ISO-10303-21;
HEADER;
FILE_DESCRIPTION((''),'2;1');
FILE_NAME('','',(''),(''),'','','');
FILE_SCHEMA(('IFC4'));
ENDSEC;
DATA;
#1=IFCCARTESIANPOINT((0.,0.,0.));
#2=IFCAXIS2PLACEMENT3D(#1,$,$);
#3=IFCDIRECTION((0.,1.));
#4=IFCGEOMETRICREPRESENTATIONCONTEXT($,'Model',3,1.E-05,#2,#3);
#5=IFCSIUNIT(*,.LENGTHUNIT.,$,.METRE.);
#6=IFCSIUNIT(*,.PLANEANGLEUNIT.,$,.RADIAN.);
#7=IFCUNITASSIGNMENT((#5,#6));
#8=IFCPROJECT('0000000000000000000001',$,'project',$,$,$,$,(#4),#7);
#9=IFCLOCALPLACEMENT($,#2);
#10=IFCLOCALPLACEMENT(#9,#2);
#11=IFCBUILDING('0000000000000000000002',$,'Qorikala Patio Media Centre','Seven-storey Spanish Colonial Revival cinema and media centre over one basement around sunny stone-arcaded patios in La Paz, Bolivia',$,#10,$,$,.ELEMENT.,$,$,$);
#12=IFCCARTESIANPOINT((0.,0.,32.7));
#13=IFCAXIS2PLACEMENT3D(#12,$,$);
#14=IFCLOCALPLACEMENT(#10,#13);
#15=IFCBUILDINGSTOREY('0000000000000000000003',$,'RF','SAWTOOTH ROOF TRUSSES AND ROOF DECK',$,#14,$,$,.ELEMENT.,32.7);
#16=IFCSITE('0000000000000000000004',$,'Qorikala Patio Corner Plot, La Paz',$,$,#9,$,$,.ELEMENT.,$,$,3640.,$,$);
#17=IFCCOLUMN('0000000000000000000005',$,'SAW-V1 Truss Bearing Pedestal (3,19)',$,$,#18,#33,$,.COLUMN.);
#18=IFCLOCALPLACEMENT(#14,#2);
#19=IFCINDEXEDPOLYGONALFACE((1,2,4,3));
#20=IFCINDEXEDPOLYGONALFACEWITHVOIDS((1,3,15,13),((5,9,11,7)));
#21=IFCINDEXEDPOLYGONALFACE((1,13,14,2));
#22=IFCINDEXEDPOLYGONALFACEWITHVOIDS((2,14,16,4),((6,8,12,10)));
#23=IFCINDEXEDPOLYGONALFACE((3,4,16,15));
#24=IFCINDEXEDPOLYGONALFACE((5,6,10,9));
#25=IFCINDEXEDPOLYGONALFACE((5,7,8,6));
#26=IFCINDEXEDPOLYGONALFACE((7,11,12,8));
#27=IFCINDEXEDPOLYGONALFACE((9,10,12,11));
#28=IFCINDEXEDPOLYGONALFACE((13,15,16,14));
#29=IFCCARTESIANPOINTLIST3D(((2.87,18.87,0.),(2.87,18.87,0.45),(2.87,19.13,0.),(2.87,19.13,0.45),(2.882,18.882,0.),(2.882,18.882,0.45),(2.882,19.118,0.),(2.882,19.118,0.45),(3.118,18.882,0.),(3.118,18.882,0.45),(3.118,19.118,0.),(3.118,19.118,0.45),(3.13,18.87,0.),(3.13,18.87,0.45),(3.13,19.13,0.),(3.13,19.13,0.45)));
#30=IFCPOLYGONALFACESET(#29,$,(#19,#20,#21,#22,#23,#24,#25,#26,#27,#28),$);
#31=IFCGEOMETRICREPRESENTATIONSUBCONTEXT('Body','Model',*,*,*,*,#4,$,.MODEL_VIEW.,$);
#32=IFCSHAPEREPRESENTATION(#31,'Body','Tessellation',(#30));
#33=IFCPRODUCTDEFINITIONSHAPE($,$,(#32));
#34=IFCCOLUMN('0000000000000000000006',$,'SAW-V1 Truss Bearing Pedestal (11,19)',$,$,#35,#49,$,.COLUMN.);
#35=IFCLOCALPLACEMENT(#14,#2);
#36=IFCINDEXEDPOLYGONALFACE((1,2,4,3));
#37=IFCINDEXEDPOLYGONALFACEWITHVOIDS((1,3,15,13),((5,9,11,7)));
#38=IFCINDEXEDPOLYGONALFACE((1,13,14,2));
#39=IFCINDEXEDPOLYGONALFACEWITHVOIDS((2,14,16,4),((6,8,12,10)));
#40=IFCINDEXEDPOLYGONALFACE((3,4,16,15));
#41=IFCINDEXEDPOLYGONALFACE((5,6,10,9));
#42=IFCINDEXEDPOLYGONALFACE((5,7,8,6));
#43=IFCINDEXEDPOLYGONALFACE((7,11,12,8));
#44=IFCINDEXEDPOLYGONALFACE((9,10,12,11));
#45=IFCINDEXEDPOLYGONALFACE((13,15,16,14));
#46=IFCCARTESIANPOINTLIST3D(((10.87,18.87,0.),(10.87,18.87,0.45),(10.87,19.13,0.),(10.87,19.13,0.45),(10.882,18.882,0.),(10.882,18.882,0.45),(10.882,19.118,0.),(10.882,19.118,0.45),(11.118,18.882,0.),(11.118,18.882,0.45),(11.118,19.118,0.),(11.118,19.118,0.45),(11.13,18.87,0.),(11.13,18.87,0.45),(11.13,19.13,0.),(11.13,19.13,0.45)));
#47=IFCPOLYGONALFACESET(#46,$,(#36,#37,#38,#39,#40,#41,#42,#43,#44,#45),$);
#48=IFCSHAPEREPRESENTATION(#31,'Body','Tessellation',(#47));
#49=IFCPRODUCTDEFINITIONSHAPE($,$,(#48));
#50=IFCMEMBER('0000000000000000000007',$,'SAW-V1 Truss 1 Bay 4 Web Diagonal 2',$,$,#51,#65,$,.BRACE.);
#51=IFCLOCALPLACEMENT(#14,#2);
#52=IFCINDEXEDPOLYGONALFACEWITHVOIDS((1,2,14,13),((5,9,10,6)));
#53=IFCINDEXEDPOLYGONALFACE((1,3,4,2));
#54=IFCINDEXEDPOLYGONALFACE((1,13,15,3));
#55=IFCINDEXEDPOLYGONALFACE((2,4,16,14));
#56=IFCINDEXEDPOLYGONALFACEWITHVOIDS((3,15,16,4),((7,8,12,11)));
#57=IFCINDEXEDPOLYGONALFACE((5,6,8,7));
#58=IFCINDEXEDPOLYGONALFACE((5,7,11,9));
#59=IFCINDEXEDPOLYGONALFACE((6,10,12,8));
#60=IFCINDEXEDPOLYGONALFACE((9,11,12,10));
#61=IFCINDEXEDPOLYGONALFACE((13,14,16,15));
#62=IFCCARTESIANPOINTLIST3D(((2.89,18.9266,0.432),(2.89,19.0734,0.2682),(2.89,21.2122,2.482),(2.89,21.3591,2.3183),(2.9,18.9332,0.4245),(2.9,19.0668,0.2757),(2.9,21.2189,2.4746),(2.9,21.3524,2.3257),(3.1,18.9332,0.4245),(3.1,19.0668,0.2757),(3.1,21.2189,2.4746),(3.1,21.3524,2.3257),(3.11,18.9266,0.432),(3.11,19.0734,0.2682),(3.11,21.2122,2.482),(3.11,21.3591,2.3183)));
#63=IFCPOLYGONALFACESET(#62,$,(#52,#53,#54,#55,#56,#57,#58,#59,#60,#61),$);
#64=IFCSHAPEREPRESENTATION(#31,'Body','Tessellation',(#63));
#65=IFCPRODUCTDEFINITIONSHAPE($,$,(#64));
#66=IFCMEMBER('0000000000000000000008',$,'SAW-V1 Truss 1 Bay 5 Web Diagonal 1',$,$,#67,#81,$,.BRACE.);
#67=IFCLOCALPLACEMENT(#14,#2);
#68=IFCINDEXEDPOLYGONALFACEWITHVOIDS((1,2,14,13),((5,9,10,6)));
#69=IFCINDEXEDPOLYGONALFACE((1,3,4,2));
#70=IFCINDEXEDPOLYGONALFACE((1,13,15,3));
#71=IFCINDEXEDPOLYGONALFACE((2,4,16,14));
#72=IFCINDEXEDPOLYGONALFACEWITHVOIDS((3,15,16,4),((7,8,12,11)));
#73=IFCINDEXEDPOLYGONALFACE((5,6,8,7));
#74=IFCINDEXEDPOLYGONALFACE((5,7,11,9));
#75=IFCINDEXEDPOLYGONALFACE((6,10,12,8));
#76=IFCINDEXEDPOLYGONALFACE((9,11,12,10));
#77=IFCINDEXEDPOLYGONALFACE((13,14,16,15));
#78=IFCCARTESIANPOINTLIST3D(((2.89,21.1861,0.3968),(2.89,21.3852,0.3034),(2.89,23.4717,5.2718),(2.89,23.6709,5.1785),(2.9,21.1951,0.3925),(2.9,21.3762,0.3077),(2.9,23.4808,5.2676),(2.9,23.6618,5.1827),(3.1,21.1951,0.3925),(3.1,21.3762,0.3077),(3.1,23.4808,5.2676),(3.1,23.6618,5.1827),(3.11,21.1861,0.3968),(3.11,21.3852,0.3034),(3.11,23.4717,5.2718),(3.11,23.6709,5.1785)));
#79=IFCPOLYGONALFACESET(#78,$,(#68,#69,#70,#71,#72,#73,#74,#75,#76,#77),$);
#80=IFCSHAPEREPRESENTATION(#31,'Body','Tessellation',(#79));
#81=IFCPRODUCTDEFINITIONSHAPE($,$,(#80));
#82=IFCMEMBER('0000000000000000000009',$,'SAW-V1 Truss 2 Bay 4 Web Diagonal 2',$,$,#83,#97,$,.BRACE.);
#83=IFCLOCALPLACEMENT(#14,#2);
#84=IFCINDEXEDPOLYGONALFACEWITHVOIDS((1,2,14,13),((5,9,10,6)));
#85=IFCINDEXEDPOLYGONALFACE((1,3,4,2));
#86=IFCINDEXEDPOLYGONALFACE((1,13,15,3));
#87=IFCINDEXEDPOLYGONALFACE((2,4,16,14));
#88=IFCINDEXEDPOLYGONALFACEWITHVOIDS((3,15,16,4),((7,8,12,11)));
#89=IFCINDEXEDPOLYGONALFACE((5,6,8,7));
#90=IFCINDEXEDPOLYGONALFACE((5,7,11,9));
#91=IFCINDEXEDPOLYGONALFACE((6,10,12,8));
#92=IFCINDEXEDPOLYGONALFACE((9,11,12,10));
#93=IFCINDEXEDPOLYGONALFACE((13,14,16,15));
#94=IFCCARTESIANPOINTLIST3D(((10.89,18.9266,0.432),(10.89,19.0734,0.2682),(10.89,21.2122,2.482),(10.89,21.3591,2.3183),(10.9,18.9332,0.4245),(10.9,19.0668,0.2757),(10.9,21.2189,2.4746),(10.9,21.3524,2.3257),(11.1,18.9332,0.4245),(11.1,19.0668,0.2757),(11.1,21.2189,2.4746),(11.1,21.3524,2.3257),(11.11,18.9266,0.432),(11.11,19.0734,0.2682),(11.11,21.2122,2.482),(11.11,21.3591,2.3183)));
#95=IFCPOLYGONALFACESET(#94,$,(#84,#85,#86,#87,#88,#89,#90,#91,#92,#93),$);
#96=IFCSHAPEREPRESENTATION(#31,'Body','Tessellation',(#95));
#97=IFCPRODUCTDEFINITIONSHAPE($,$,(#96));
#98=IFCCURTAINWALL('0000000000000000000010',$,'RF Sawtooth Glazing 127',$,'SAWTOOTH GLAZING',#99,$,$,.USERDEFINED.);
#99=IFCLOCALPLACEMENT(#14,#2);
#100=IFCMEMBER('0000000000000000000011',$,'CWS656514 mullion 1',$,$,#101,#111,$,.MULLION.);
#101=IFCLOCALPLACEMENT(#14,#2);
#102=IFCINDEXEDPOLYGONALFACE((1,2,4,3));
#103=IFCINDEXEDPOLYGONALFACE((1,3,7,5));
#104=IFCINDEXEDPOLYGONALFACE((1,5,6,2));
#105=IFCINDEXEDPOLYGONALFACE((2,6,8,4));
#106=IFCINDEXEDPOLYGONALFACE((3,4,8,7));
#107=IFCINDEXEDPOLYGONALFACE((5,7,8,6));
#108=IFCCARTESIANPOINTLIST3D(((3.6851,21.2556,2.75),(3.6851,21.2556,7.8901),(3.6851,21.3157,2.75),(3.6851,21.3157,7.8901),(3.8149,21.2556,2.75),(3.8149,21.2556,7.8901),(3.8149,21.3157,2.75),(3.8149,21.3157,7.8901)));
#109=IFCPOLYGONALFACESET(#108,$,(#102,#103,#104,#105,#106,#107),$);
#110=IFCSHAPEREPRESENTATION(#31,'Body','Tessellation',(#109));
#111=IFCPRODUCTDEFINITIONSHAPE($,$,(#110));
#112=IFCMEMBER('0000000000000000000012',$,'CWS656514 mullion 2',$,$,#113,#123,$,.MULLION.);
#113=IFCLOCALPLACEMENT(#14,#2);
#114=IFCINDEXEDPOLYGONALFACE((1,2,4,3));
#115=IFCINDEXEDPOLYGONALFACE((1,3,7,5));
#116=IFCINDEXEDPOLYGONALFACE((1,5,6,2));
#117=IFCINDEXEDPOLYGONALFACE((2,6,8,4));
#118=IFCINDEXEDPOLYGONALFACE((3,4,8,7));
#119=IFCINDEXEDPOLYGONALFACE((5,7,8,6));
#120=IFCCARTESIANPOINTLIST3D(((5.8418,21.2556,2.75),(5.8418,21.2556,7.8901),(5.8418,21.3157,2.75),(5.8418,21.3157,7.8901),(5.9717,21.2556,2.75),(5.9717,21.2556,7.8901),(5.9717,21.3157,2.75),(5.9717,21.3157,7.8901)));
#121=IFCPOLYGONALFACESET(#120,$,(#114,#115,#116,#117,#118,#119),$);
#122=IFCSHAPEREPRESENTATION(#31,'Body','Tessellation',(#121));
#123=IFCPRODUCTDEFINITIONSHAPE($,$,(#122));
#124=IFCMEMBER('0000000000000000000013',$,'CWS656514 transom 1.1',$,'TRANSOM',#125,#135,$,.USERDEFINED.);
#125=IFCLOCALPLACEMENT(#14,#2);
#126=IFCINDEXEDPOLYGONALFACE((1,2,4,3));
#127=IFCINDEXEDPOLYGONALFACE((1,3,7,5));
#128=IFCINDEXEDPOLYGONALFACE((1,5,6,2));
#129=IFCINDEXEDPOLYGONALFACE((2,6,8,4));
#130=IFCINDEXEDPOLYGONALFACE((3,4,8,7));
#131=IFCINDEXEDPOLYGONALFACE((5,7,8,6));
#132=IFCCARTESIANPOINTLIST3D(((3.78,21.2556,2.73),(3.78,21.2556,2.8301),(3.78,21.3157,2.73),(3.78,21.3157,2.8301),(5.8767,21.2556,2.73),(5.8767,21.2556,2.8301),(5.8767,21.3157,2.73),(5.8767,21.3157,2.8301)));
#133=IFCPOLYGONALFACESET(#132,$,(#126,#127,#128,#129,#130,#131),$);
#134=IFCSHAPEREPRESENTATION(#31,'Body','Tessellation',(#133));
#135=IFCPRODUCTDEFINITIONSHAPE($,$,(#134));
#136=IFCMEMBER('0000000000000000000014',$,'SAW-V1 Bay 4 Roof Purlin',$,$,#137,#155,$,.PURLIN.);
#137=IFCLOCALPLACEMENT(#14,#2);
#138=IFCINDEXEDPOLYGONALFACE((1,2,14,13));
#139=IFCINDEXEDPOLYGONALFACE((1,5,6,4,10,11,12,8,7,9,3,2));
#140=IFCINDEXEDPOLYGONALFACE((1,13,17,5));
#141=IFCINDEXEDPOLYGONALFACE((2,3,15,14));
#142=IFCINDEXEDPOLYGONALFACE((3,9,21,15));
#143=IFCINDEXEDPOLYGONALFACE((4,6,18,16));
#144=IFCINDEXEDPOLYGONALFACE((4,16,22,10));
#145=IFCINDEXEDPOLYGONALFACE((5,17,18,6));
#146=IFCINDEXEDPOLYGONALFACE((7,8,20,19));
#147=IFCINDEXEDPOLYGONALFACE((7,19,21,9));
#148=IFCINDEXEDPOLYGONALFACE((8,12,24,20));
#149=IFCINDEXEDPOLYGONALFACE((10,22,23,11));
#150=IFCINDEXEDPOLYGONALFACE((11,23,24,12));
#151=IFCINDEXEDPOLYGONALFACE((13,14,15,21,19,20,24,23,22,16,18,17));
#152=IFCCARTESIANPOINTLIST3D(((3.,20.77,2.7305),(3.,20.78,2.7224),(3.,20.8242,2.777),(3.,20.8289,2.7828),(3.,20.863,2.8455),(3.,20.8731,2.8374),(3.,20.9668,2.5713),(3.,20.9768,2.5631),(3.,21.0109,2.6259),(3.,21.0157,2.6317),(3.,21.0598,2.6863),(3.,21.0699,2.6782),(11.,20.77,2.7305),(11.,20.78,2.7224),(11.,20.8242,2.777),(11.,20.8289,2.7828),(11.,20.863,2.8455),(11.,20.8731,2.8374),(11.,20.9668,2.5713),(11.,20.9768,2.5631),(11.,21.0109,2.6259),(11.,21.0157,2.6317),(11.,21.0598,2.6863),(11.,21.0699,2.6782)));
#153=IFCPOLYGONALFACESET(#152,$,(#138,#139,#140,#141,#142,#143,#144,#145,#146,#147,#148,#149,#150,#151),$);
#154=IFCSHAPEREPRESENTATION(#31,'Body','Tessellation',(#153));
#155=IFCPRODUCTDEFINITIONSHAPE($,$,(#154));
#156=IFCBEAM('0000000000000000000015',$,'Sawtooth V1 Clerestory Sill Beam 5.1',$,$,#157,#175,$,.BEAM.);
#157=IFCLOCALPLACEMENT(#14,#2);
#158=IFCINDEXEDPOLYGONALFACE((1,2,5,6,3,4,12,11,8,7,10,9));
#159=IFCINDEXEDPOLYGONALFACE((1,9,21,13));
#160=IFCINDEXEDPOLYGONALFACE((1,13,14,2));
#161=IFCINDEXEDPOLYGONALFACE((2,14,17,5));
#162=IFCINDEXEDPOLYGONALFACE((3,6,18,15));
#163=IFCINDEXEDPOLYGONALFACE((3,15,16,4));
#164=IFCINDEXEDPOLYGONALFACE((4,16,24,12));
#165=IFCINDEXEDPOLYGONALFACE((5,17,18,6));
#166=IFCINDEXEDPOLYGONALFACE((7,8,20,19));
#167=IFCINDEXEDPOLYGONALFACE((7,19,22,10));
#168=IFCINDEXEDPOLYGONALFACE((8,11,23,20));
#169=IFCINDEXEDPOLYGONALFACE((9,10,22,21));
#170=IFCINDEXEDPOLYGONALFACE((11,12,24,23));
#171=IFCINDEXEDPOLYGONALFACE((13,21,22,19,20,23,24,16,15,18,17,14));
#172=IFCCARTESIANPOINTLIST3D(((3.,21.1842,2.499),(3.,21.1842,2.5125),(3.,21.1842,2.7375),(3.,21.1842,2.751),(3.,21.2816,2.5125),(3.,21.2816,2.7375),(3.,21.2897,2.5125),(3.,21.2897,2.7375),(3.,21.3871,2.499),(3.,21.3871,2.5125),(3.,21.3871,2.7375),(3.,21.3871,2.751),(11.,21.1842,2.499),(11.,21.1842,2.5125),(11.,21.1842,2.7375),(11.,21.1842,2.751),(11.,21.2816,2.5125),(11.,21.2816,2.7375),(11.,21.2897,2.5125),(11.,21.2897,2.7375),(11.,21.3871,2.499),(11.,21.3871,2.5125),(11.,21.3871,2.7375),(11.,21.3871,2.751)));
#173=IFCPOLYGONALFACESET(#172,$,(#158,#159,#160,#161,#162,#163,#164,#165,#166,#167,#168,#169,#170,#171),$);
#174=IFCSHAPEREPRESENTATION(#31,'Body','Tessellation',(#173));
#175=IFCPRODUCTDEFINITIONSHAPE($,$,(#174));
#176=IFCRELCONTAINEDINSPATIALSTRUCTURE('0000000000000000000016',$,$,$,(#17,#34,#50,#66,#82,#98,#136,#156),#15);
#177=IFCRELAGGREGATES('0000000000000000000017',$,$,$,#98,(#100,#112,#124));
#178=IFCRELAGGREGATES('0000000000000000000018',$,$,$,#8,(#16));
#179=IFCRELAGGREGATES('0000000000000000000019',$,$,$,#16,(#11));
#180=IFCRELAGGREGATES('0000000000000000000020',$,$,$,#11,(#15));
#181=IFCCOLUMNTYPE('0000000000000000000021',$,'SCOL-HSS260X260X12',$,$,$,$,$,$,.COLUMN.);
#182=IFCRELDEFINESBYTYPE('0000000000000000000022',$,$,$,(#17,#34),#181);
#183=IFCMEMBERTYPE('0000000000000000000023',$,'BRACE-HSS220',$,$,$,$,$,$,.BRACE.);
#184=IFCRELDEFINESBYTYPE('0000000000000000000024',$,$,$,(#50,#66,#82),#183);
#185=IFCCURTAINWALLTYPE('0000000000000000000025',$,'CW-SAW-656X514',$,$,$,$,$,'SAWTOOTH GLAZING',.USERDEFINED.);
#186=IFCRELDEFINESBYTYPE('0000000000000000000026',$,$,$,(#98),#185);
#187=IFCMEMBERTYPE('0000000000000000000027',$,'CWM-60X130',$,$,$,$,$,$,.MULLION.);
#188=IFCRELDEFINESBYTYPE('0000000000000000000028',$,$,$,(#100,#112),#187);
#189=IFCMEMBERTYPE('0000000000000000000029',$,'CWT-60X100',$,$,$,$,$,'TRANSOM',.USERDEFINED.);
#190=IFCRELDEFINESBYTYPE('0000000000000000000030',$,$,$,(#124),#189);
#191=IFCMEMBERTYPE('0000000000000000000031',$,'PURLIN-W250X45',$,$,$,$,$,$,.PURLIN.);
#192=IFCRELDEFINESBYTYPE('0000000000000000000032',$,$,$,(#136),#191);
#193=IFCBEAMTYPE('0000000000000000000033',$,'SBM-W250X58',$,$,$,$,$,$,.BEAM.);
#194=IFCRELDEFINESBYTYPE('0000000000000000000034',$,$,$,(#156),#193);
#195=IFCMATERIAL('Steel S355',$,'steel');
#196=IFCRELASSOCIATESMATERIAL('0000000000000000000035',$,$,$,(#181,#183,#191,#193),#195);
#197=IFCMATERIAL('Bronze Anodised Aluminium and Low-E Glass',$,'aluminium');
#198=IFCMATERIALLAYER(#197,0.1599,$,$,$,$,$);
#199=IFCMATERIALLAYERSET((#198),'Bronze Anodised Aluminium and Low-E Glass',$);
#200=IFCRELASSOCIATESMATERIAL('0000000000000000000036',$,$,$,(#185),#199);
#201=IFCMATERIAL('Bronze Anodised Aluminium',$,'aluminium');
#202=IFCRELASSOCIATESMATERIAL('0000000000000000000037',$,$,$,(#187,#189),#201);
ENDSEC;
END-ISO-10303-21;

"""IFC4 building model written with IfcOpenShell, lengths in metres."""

from ifc_helpers import new_model, si_unit, direction, frame, origin, origin_2d, place, context, subcontext, project, spatial, rectangle, hollow_rectangle, i_section, extrude, material, layer, layer_set, material_profile, profile_set, type_object, element, aggregate, save


model = new_model("IFC4")

# Units and contexts
model_context = context("Model", 3, precision=1e-05, world=origin(), true_north=direction((0.0, 1.0)))
body_context = subcontext(model_context, "Body", "Model", "MODEL_VIEW")
ifc_project = project(units=[si_unit("LENGTHUNIT", "METRE"), si_unit("PLANEANGLEUNIT", "RADIAN")], contexts=[model_context])

# Site, building, storey
site_placement = place(None, origin())
site = spatial("IfcSite", under=ifc_project, at=site_placement, Name="Qorikala Patio Corner Plot, La Paz", CompositionType="ELEMENT", RefElevation=3640.0)
building_placement = place(site_placement, origin())
building = spatial("IfcBuilding", under=site, at=building_placement, Name="Qorikala Patio Media Centre", Description="Seven-storey Spanish Colonial Revival cinema and media centre over one basement around sunny stone-arcaded patios in La Paz, Bolivia", CompositionType="ELEMENT")
storey_placement = place(building_placement, frame((0.0, 0.0, 32.7)))
storey = spatial("IfcBuildingStorey", under=building, at=storey_placement, Name="RF", Description="SAWTOOTH ROOF TRUSSES AND ROOF DECK", CompositionType="ELEMENT", Elevation=32.7)

# Columns
ifc_material_1 = material(Name="Steel S355", Category="steel")
ifc_material_profile_1 = material_profile(ifc_material_1, hollow_rectangle(XDim=0.26, YDim=0.26, WallThickness=0.012, at=origin_2d()), Name="HSS260X260X12")
ifc_profile_set_1 = profile_set([ifc_material_profile_1], Name="Steel S355")
column_type = type_object("IfcColumnType", Name="SCOL-HSS260X260X12", PredefinedType="COLUMN", material=ifc_profile_set_1)
for number, where, z_axis, x_axis, name in (
    (1, (3.0, 19.0, 0.0), (0.0, 0.0, 1.0), (1.0, 0.0, 0.0), "SAW-V1 Truss Bearing Pedestal (3,19)"),
    (2, (11.0, 19.0, 0.0), (0.0, 0.0, 1.0), (1.0, 0.0, 0.0), "SAW-V1 Truss Bearing Pedestal (11,19)"),
):
    element("IfcColumn", number, at=place(storey_placement, frame(where, z_axis=z_axis, x_axis=x_axis)), inside=storey, type_object=column_type, Name=name, PredefinedType="COLUMN", context=body_context, shape_type="SweptSolid", body=[
        extrude(hollow_rectangle(XDim=0.26, YDim=0.26, WallThickness=0.012, at=origin_2d()), origin(), (0.0, 0.0, 1.0), 0.45),
    ])

# Members
ifc_material_profile_2 = material_profile(ifc_material_1, hollow_rectangle(XDim=0.22, YDim=0.22, WallThickness=0.01, at=origin_2d()), Name="HSS220X220X10")
ifc_profile_set_2 = profile_set([ifc_material_profile_2], Name="Steel S355")
member_type_1 = type_object("IfcMemberType", Name="BRACE-HSS220", PredefinedType="BRACE", material=ifc_profile_set_2)
member_1_placement = place(storey_placement, frame((3.0, 19.0, 0.3501), z_axis=(0.0, 0.744432, 0.667699), x_axis=(-1.0, 0.0, 0.0)))
element("IfcMember", 3, at=member_1_placement, inside=storey, type_object=member_type_1, Name="SAW-V1 Truss 1 Bay 4 Web Diagonal 2", PredefinedType="BRACE", context=body_context, shape_type="SweptSolid", body=[
    extrude(hollow_rectangle(XDim=0.22, YDim=0.22, WallThickness=0.01, at=origin_2d()), origin(), (0.0, 0.0, 1.0), 3.0703),
])
member_2_placement = place(storey_placement, frame((3.0, 21.2856, 0.3501), z_axis=(0.0, 0.424508, 0.905424), x_axis=(-1.0, 0.0, 0.0)))
element("IfcMember", 4, at=member_2_placement, inside=storey, type_object=member_type_1, Name="SAW-V1 Truss 1 Bay 5 Web Diagonal 1", PredefinedType="BRACE", context=body_context, shape_type="SweptSolid", body=[
    extrude(hollow_rectangle(XDim=0.22, YDim=0.22, WallThickness=0.01, at=origin_2d()), origin(), (0.0, 0.0, 1.0), 5.3843),
])
member_3_placement = place(storey_placement, frame((11.0, 19.0, 0.3501), z_axis=(0.0, 0.744432, 0.667699), x_axis=(-1.0, 0.0, 0.0)))
element("IfcMember", 5, at=member_3_placement, inside=storey, type_object=member_type_1, Name="SAW-V1 Truss 2 Bay 4 Web Diagonal 2", PredefinedType="BRACE", context=body_context, shape_type="SweptSolid", body=[
    extrude(hollow_rectangle(XDim=0.22, YDim=0.22, WallThickness=0.01, at=origin_2d()), origin(), (0.0, 0.0, 1.0), 3.0703),
])

# Curtain wall, members
ifc_material_2 = material(Name="Bronze Anodised Aluminium and Low-E Glass", Category="aluminium")
ifc_layer_1 = layer(ifc_material_2, 0.1599)
ifc_layer_set_1 = layer_set([ifc_layer_1], Name="Bronze Anodised Aluminium and Low-E Glass")
curtain_wall_type = type_object("IfcCurtainWallType", Name="CW-SAW-656X514", ElementType="SAWTOOTH GLAZING", PredefinedType="USERDEFINED", material=ifc_layer_set_1)
curtain_wall_placement = place(storey_placement, origin())
curtain_wall = element("IfcCurtainWall", 6, at=curtain_wall_placement, inside=storey, type_object=curtain_wall_type, Name="RF Sawtooth Glazing 127", ObjectType="SAWTOOTH GLAZING", PredefinedType="USERDEFINED")
ifc_material_3 = material(Name="Bronze Anodised Aluminium", Category="aluminium")
ifc_material_profile_3 = material_profile(ifc_material_3, rectangle(XDim=0.0601, YDim=0.1299, at=origin_2d()), Name="ALU MULLION 60x130")
ifc_profile_set_3 = profile_set([ifc_material_profile_3], Name="Bronze Anodised Aluminium")
member_type_2 = type_object("IfcMemberType", Name="CWM-60X130", PredefinedType="MULLION", material=ifc_profile_set_3)
member_4_placement = place(storey_placement, frame((3.75, 21.2856, 2.75), z_axis=(0.0, 0.0, 1.0), x_axis=(0.0, 1.0, 0.0)))
member_4 = element("IfcMember", 7, at=member_4_placement, type_object=member_type_2, Name="CWS656514 mullion 1", PredefinedType="MULLION", context=body_context, shape_type="SweptSolid", body=[
    extrude(rectangle(XDim=0.0601, YDim=0.1299, at=origin_2d()), origin(), (0.0, 0.0, 1.0), 5.1401),
])
member_5_placement = place(storey_placement, frame((5.9067, 21.2856, 2.75), z_axis=(0.0, 0.0, 1.0), x_axis=(0.0, 1.0, 0.0)))
member_5 = element("IfcMember", 8, at=member_5_placement, type_object=member_type_2, Name="CWS656514 mullion 2", PredefinedType="MULLION", context=body_context, shape_type="SweptSolid", body=[
    extrude(rectangle(XDim=0.0601, YDim=0.1299, at=origin_2d()), origin(), (0.0, 0.0, 1.0), 5.1401),
])
ifc_material_profile_4 = material_profile(ifc_material_3, rectangle(XDim=0.0601, YDim=0.1001, at=origin_2d()), Name="ALU TRANSOM 60x100")
ifc_profile_set_4 = profile_set([ifc_material_profile_4], Name="Bronze Anodised Aluminium")
member_type_3 = type_object("IfcMemberType", Name="CWT-60X100", ElementType="TRANSOM", PredefinedType="USERDEFINED", material=ifc_profile_set_4)
member_6_placement = place(storey_placement, frame((3.78, 21.2856, 2.78), z_axis=(1.0, 0.0, 0.0), x_axis=(0.0, 1.0, 0.0)))
member_6 = element("IfcMember", 9, at=member_6_placement, type_object=member_type_3, Name="CWS656514 transom 1.1", ObjectType="TRANSOM", PredefinedType="USERDEFINED", context=body_context, shape_type="SweptSolid", body=[
    extrude(rectangle(XDim=0.0601, YDim=0.1001, at=origin_2d()), origin(), (0.0, 0.0, 1.0), 2.0967),
])
aggregate(curtain_wall, [member_4, member_5, member_6])

# Member
ifc_material_profile_5 = material_profile(ifc_material_1, i_section(OverallWidth=0.1479, OverallDepth=0.2661, WebThickness=0.0076, FlangeThickness=0.0129, at=origin_2d()), Name="W250X45")
ifc_profile_set_5 = profile_set([ifc_material_profile_5], Name="Steel S355")
member_type_4 = type_object("IfcMemberType", Name="PURLIN-W250X45", PredefinedType="PURLIN", material=ifc_profile_set_5)
member_7_placement = place(storey_placement, frame((3.0, 20.9199, 2.7043), z_axis=(1.0, 0.0, 0.0), x_axis=(0.0, 0.628995, 0.77741)))
element("IfcMember", 10, at=member_7_placement, inside=storey, type_object=member_type_4, Name="SAW-V1 Bay 4 Roof Purlin", PredefinedType="PURLIN", context=body_context, shape_type="SweptSolid", body=[
    extrude(i_section(OverallWidth=0.1479, OverallDepth=0.2661, WebThickness=0.0076, FlangeThickness=0.0129, at=origin_2d()), origin(), (0.0, 0.0, 1.0), 8.0),
])

# Beam
ifc_material_profile_6 = material_profile(ifc_material_1, i_section(OverallWidth=0.2029, OverallDepth=0.252, WebThickness=0.0081, FlangeThickness=0.0134, at=origin_2d()), Name="W250X58")
ifc_profile_set_6 = profile_set([ifc_material_profile_6], Name="Steel S355")
beam_type_1 = type_object("IfcBeamType", Name="SBM-W250X58", PredefinedType="BEAM", material=ifc_profile_set_6)
beam_placement = place(storey_placement, frame((3.0, 21.2856, 2.625), z_axis=(1.0, 0.0, 0.0), x_axis=(0.0, 1.0, 0.0)))
element("IfcBeam", 11, at=beam_placement, inside=storey, type_object=beam_type_1, Name="Sawtooth V1 Clerestory Sill Beam 5.1", PredefinedType="BEAM", context=body_context, shape_type="SweptSolid", body=[
    extrude(i_section(OverallWidth=0.2029, OverallDepth=0.252, WebThickness=0.0081, FlangeThickness=0.0134, at=origin_2d()), origin(), (0.0, 0.0, 1.0), 8.0),
])

save(model, "model.ifc")
